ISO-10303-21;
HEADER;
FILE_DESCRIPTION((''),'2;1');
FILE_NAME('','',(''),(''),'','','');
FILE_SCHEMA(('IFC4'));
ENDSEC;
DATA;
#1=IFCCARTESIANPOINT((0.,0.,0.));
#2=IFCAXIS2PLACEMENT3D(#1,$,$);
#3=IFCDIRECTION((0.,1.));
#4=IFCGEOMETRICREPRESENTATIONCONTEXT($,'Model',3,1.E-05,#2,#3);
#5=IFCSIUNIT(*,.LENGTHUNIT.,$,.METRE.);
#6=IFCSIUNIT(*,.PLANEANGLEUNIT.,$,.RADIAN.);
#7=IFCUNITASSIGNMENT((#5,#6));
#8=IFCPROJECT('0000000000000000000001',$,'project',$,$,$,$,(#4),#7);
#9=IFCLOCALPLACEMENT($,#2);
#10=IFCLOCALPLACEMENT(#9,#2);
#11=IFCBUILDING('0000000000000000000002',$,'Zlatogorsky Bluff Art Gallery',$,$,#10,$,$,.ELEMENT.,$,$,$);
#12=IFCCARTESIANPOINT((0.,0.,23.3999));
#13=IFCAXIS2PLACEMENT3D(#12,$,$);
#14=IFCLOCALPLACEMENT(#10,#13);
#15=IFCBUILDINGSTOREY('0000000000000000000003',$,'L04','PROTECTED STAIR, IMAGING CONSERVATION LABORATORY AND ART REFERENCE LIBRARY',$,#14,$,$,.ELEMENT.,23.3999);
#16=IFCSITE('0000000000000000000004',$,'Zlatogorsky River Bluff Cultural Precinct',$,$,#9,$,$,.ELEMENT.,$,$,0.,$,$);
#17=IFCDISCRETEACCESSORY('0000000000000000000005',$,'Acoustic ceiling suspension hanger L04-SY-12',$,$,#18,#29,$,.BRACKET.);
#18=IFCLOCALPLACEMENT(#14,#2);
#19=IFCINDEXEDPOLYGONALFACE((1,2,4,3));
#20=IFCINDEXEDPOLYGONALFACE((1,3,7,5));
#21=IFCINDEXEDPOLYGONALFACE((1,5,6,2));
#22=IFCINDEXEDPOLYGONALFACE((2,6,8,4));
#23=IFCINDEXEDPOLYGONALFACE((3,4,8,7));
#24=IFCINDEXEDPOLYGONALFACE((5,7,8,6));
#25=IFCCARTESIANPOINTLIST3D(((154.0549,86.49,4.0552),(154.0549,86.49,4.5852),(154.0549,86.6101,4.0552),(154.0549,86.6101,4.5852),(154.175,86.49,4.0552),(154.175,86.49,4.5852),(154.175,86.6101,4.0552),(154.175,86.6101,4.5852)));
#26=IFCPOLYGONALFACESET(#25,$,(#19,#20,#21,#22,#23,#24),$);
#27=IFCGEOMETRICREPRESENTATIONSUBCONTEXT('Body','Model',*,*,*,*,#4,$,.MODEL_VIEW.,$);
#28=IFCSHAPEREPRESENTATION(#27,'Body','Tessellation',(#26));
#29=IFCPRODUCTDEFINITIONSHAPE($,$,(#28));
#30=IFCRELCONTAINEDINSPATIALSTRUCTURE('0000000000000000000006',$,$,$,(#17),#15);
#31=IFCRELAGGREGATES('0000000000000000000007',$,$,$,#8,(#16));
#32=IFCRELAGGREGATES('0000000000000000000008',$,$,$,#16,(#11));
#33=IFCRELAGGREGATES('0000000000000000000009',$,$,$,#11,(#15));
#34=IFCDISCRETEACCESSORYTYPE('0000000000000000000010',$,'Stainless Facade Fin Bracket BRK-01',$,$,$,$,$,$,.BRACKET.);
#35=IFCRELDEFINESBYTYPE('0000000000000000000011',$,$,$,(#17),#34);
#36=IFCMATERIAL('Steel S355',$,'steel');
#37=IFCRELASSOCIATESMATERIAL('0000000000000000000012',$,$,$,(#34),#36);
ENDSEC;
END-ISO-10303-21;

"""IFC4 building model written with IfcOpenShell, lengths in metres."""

from ifc_helpers import new_model, si_unit, direction, frame, origin, origin_2d, place, context, subcontext, project, spatial, rectangle, extrude, material, type_object, element, save


model = new_model("IFC4")

# Units and contexts
model_context = context("Model", 3, precision=1e-05, world=origin(), true_north=direction((0.0, 1.0)))
body_context = subcontext(model_context, "Body", "Model", "MODEL_VIEW")
ifc_project = project(units=[si_unit("LENGTHUNIT", "METRE"), si_unit("PLANEANGLEUNIT", "RADIAN")], contexts=[model_context])

# Site, building, storey
site_placement = place(None, origin())
site = spatial("IfcSite", under=ifc_project, at=site_placement, Name="Zlatogorsky River Bluff Cultural Precinct", CompositionType="ELEMENT", RefElevation=0.0)
building_placement = place(site_placement, origin())
building = spatial("IfcBuilding", under=site, at=building_placement, Name="Zlatogorsky Bluff Art Gallery", CompositionType="ELEMENT")
storey_placement = place(building_placement, frame((0.0, 0.0, 23.3999)))
storey = spatial("IfcBuildingStorey", under=building, at=storey_placement, Name="L04", Description="PROTECTED STAIR, IMAGING CONSERVATION LABORATORY AND ART REFERENCE LIBRARY", CompositionType="ELEMENT", Elevation=23.3999)

# Shared definitions
ifc_material_1 = material(Name="Steel S355", Category="steel")

# Discrete accessory
discrete_accessory_type = type_object("IfcDiscreteAccessoryType", Name="Stainless Facade Fin Bracket BRK-01", PredefinedType="BRACKET", material=ifc_material_1)
for number, where, z_axis, x_axis, name in (
    (1, (154.115, 86.55, 4.0552), (0.0, 0.0, 1.0), (1.0, 0.0, 0.0), "Acoustic ceiling suspension hanger L04-SY-12"),
):
    element("IfcDiscreteAccessory", number, at=place(storey_placement, frame(where, z_axis=z_axis, x_axis=x_axis)), inside=storey, type_object=discrete_accessory_type, Name=name, PredefinedType="BRACKET", context=body_context, shape_type="SweptSolid", body=[
        extrude(rectangle(XDim=0.1201, YDim=0.1201, at=origin_2d()), origin(), (0.0, 0.0, 1.0), 0.53),
    ])

save(model, "model.ifc")
